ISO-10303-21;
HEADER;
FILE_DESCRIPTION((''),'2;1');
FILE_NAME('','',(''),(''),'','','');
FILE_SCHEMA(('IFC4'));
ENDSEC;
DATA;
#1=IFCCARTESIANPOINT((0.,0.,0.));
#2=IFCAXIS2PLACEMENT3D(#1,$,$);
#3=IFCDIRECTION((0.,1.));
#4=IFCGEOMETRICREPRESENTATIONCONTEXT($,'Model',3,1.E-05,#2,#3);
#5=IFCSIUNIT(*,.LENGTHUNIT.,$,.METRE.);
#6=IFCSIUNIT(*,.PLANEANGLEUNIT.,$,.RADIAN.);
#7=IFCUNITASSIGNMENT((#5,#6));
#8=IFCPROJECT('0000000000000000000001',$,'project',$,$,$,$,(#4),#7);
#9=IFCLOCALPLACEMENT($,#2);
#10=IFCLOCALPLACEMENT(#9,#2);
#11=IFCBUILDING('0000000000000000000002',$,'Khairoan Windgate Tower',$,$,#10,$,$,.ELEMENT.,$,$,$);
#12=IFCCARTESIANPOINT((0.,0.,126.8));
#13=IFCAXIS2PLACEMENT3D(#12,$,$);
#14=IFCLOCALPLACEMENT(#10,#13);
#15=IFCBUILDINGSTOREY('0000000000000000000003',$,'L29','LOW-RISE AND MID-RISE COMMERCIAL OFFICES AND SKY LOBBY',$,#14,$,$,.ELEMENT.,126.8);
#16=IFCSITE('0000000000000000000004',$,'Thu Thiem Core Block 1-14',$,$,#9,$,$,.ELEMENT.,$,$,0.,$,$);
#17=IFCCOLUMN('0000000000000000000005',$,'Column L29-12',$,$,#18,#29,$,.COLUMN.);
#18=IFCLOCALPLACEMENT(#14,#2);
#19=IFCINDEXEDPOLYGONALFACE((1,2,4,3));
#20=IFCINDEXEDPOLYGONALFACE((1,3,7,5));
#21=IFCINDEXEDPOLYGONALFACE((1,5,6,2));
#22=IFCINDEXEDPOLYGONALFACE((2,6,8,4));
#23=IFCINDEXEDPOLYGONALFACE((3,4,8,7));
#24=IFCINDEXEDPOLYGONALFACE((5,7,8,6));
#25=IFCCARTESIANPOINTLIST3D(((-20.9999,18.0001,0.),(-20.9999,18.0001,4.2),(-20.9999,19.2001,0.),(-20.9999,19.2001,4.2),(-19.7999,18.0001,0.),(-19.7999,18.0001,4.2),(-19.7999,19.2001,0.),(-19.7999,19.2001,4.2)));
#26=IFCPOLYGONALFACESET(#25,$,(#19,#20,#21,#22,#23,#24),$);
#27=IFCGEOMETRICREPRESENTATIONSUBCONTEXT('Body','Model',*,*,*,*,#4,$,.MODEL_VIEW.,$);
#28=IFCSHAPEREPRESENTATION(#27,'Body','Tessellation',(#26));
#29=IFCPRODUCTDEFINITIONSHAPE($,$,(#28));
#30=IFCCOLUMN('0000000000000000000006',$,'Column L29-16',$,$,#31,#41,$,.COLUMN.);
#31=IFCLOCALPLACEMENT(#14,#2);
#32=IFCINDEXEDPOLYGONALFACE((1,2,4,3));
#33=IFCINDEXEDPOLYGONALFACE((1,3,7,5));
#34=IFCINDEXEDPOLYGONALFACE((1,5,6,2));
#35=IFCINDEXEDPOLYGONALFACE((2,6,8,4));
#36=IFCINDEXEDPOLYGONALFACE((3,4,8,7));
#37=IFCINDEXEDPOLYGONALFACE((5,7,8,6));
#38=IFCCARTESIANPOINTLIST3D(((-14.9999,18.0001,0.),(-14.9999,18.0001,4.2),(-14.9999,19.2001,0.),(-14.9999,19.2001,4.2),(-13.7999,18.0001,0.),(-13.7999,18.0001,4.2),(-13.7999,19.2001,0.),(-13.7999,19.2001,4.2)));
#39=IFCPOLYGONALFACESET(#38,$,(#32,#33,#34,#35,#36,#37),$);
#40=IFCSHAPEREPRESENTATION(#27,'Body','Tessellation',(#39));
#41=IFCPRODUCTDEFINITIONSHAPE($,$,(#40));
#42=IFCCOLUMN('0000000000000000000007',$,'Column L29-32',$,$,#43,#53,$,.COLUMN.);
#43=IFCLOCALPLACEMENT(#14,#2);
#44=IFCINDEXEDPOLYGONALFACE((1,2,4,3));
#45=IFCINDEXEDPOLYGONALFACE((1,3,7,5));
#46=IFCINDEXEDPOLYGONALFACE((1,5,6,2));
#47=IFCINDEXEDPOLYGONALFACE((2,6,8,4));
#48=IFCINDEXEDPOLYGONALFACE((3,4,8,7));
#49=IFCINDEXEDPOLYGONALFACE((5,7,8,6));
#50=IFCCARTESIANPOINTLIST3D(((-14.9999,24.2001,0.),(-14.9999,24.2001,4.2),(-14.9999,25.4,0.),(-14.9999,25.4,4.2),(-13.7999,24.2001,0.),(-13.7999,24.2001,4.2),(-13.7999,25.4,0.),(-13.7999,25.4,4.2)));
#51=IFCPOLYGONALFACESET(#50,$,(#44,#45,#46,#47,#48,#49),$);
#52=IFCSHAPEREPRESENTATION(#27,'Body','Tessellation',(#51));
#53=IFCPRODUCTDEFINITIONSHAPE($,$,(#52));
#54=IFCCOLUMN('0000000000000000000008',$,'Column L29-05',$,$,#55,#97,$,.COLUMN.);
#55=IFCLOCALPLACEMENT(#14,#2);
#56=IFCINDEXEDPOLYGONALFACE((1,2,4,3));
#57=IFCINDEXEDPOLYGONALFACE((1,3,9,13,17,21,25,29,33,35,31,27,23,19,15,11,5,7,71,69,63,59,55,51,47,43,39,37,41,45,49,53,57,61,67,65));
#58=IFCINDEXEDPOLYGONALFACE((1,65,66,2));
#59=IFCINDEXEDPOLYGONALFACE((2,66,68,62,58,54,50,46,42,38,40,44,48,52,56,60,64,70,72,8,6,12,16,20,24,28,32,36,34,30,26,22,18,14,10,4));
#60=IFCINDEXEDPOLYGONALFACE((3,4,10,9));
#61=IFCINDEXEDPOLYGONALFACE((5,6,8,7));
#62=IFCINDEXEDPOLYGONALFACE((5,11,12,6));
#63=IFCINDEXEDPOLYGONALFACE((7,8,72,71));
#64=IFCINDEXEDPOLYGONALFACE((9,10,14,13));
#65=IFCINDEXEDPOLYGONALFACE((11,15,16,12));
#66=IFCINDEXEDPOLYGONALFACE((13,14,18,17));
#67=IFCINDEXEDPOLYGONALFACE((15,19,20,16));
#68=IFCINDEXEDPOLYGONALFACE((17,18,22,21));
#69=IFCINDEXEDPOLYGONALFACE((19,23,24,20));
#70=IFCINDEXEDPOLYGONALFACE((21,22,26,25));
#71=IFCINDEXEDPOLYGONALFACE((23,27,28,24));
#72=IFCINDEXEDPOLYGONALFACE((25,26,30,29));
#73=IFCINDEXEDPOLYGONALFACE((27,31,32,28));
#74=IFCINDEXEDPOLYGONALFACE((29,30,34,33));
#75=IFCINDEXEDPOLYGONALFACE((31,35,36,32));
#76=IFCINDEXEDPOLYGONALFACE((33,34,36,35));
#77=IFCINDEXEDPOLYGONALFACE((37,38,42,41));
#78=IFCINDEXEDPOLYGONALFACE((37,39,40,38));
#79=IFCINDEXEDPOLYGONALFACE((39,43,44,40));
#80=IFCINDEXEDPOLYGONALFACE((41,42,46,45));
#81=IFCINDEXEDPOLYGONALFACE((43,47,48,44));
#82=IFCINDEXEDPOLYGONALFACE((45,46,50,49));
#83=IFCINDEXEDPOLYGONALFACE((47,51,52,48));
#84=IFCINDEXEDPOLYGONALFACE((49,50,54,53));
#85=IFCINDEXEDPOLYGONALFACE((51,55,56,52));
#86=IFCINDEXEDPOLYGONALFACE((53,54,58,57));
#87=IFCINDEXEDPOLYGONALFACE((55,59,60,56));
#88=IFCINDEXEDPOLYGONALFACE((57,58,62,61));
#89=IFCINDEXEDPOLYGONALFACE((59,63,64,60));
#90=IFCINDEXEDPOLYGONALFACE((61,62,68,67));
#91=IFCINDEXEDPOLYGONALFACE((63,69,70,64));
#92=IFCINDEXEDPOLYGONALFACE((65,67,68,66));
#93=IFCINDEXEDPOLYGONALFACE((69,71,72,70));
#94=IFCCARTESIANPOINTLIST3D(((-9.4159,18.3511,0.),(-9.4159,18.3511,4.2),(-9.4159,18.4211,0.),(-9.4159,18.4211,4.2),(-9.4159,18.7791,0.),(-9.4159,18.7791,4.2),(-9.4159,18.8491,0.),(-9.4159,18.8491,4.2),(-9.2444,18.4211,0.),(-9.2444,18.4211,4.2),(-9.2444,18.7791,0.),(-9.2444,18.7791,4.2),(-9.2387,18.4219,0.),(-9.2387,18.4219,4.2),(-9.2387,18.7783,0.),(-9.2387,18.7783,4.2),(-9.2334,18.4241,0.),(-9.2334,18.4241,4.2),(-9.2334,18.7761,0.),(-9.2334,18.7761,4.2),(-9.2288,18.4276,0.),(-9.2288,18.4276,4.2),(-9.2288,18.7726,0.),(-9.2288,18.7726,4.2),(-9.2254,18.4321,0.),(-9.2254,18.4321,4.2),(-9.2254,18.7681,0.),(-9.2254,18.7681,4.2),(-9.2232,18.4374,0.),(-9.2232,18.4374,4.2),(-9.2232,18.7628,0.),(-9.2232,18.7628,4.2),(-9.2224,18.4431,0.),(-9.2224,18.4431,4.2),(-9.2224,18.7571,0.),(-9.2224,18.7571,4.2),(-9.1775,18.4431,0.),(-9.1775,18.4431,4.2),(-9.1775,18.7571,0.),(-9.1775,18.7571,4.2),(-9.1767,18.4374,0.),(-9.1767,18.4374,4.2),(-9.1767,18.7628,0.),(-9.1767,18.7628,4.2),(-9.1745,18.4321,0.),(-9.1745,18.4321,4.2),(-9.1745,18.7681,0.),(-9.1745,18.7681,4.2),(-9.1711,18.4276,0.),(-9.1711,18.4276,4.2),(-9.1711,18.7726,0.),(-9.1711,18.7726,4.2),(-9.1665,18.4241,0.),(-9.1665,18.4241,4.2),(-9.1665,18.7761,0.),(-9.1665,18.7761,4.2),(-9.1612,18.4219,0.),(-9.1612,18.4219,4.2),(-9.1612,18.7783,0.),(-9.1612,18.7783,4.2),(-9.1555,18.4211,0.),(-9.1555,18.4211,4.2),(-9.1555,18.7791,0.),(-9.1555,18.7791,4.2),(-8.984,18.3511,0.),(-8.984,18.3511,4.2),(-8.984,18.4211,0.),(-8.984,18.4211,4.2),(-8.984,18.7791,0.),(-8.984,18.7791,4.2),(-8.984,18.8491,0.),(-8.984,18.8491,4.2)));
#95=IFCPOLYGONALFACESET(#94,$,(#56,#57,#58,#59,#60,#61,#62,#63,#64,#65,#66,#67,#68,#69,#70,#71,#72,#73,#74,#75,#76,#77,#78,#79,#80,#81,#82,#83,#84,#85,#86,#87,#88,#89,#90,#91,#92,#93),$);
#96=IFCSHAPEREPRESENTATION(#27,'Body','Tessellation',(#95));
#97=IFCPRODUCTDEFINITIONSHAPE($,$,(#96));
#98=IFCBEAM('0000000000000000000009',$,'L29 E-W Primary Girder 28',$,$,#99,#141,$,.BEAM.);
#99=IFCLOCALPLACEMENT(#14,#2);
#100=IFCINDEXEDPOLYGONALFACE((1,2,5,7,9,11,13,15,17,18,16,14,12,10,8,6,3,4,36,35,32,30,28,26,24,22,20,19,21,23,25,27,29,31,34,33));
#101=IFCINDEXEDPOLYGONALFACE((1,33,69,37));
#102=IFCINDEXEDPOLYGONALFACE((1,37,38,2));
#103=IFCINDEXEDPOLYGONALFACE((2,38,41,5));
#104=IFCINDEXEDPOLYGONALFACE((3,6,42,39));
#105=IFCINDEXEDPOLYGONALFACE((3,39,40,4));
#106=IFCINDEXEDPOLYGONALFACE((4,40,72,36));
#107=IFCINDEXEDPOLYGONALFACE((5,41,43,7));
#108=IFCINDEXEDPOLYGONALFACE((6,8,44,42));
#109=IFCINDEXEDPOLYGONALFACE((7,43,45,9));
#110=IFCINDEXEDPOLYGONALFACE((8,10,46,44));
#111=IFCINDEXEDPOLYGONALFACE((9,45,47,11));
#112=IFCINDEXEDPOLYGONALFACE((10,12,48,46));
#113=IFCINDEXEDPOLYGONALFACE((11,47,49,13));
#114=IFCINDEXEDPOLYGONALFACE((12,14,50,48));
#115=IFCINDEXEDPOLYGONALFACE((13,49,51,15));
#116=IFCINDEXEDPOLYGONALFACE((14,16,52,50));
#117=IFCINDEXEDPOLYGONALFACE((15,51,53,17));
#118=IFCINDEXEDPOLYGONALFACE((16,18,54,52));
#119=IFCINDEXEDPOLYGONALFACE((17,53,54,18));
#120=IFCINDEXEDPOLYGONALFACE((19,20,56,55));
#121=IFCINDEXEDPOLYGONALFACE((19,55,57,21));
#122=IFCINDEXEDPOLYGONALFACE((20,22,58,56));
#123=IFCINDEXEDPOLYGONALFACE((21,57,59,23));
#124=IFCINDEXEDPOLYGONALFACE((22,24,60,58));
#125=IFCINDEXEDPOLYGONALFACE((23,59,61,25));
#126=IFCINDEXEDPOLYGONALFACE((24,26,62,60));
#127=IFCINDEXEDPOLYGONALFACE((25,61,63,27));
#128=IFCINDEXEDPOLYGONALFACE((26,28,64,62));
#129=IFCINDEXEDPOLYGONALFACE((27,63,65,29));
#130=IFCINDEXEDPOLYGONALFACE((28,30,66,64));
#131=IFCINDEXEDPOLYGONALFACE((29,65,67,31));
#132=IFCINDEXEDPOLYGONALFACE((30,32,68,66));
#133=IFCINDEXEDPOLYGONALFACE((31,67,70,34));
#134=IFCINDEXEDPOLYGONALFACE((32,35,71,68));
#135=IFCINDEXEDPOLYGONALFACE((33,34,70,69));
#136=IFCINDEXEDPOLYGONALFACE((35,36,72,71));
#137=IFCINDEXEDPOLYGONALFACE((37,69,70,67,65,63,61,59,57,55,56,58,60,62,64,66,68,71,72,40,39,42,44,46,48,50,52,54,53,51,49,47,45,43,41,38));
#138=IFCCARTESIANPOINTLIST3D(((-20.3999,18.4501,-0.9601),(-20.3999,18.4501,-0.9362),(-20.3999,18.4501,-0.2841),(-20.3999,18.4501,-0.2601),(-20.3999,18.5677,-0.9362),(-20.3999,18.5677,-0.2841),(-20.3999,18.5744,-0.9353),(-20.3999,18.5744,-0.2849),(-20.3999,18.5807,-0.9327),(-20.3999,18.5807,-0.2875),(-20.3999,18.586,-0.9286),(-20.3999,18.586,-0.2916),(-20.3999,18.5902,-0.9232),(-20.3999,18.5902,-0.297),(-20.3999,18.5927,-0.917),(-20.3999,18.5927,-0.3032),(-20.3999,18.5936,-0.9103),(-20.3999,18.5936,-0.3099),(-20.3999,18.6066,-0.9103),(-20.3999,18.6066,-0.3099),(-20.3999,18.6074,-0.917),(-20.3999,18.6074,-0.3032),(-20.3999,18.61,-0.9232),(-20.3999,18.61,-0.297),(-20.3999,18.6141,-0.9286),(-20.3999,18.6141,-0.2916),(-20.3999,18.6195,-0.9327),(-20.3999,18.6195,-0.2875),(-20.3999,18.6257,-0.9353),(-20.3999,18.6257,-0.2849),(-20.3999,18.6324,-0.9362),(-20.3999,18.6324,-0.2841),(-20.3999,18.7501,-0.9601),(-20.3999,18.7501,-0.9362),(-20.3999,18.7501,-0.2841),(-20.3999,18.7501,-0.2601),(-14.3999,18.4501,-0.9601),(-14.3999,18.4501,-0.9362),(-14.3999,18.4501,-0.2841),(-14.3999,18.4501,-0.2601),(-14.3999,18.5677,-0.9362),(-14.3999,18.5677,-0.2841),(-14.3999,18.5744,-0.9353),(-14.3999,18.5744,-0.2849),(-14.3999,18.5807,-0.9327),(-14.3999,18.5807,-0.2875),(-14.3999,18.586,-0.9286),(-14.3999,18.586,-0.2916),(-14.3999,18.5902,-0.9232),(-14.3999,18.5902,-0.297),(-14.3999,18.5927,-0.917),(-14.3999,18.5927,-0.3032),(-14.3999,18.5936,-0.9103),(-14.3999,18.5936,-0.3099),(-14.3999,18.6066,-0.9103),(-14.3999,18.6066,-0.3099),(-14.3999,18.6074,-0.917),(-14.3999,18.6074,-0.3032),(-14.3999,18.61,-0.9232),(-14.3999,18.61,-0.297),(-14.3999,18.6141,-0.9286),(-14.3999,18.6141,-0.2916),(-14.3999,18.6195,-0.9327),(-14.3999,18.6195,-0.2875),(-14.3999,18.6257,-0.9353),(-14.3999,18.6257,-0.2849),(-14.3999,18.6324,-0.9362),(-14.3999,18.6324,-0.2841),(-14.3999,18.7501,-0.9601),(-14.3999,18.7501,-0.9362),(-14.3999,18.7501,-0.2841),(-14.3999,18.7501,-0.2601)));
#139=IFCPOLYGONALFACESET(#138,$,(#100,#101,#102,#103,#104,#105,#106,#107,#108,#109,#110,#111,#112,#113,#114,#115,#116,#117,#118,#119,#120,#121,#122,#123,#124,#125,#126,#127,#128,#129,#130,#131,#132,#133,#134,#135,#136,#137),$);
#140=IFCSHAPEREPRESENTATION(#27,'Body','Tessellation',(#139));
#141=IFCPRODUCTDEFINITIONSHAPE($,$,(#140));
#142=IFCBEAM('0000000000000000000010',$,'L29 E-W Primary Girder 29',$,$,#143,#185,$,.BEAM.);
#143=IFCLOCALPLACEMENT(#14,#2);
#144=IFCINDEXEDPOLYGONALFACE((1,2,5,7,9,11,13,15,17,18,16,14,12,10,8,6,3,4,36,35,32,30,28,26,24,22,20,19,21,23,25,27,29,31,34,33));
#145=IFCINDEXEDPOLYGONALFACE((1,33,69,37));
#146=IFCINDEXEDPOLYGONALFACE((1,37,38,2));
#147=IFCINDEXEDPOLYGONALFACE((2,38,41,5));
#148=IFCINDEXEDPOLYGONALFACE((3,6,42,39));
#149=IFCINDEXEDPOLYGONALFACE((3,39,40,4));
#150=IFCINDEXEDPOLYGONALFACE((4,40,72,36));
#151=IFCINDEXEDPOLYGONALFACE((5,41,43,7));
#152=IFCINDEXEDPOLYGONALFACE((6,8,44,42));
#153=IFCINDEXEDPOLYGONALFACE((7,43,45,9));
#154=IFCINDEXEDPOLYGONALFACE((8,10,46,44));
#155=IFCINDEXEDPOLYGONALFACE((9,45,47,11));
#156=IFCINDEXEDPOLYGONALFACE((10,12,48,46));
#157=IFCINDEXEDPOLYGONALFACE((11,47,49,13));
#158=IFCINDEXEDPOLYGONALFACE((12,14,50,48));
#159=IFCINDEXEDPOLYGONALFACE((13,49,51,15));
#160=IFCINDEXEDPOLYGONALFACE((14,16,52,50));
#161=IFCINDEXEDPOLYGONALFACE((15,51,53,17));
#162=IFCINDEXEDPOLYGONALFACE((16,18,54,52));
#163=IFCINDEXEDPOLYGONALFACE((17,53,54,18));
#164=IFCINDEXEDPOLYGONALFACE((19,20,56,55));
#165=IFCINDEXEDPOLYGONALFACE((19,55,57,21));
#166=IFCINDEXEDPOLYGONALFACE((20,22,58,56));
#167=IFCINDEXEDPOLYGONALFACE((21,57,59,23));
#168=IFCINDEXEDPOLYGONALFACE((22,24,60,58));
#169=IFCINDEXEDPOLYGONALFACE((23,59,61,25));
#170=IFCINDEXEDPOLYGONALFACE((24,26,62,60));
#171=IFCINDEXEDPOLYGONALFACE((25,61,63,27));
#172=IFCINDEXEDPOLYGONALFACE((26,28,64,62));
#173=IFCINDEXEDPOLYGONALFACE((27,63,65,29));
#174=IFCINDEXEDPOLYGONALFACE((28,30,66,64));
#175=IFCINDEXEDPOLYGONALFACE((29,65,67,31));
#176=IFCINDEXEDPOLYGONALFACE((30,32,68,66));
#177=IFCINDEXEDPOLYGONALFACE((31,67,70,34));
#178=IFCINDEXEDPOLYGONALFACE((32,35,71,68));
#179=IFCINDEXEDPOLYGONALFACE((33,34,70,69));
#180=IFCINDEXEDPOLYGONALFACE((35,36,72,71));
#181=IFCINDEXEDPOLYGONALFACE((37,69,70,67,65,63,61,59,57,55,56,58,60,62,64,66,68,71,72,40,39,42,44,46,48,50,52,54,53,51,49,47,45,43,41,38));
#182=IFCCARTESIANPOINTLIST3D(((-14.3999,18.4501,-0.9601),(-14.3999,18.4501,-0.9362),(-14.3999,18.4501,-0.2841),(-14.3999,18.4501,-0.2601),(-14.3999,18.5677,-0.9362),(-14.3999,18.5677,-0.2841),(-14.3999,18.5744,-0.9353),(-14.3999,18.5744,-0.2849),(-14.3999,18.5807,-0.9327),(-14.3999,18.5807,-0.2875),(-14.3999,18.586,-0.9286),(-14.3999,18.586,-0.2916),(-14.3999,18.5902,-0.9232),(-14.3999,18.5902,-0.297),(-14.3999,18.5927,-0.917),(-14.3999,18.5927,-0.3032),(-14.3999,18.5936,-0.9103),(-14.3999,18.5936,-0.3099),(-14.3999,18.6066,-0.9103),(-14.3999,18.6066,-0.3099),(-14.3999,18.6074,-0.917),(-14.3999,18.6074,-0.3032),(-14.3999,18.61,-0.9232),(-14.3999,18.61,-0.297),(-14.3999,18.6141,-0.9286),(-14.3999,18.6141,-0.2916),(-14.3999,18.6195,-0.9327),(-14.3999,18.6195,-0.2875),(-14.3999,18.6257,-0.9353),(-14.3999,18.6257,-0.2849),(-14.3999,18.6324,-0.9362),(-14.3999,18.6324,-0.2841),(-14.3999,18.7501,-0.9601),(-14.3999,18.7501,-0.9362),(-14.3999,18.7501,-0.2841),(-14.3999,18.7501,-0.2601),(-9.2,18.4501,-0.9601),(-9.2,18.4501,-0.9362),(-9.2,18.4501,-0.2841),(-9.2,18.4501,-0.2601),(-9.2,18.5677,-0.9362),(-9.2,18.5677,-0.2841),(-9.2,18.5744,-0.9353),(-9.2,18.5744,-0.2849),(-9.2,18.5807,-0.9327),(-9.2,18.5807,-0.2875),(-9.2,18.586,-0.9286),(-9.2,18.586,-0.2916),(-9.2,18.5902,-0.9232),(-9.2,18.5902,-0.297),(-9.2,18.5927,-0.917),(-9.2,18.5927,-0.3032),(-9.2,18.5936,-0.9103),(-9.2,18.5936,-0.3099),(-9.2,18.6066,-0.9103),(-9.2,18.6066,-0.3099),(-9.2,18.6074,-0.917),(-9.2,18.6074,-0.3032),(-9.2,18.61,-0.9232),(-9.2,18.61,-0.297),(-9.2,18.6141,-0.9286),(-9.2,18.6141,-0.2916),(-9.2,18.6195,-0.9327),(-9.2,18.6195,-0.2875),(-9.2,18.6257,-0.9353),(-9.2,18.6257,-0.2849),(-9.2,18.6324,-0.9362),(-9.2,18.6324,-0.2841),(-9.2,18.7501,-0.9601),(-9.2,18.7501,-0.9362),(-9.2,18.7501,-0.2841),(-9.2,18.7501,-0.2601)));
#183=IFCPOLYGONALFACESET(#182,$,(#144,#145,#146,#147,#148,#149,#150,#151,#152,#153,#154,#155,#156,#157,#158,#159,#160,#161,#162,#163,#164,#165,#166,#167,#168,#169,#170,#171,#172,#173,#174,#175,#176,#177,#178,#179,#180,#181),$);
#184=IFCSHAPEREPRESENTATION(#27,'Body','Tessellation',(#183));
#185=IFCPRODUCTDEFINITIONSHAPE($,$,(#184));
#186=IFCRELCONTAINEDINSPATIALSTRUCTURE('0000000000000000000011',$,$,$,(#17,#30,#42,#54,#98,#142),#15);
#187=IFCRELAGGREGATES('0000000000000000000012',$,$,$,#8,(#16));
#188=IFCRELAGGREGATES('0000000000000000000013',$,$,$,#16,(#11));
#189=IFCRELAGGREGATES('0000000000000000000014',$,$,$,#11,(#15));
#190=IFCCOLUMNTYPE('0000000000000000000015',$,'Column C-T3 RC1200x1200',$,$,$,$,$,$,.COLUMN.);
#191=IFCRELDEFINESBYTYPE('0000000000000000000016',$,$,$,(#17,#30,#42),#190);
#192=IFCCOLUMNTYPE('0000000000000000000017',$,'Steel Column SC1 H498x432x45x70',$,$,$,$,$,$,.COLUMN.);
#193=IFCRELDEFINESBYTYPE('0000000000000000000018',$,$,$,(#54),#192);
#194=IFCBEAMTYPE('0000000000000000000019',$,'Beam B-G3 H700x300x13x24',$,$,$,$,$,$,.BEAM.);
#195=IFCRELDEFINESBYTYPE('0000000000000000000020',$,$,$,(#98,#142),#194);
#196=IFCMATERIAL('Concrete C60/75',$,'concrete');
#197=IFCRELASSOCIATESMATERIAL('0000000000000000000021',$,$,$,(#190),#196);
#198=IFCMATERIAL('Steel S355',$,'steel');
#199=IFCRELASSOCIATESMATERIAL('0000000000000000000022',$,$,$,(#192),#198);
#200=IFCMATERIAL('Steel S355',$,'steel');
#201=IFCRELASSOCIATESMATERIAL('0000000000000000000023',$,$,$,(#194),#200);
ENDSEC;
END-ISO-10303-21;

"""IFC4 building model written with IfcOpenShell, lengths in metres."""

from ifc_helpers import new_model, si_unit, direction, frame, origin, origin_2d, place, context, subcontext, project, spatial, rectangle, i_section, extrude, material, material_profile, profile_set, type_object, element, save


model = new_model("IFC4")

# Units and contexts
model_context = context("Model", 3, precision=1e-05, world=origin(), true_north=direction((0.0, 1.0)))
body_context = subcontext(model_context, "Body", "Model", "MODEL_VIEW")
ifc_project = project(units=[si_unit("LENGTHUNIT", "METRE"), si_unit("PLANEANGLEUNIT", "RADIAN")], contexts=[model_context])

# Site, building, storey
site_placement = place(None, origin())
site = spatial("IfcSite", under=ifc_project, at=site_placement, Name="Thu Thiem Core Block 1-14", CompositionType="ELEMENT", RefElevation=0.0)
building_placement = place(site_placement, origin())
building = spatial("IfcBuilding", under=site, at=building_placement, Name="Khairoan Windgate Tower", CompositionType="ELEMENT")
storey_placement = place(building_placement, frame((0.0, 0.0, 126.8)))
storey = spatial("IfcBuildingStorey", under=building, at=storey_placement, Name="L29", Description="LOW-RISE AND MID-RISE COMMERCIAL OFFICES AND SKY LOBBY", CompositionType="ELEMENT", Elevation=126.8)

# Columns
ifc_material_1 = material(Name="Concrete C60/75", Category="concrete")
ifc_material_profile_1 = material_profile(ifc_material_1, rectangle(XDim=1.2, YDim=1.2, at=origin_2d()))
ifc_profile_set_1 = profile_set([ifc_material_profile_1], Name="Concrete C60/75")
column_type_1 = type_object("IfcColumnType", Name="Column C-T3 RC1200x1200", PredefinedType="COLUMN", material=ifc_profile_set_1)
for number, where, z_axis, x_axis, name in (
    (1, (-20.3999, 18.6001, 0.0), (0.0, 0.0, 1.0), (1.0, 0.0, 0.0), "Column L29-12"),
    (2, (-14.3999, 18.6001, 0.0), (0.0, 0.0, 1.0), (1.0, 0.0, 0.0), "Column L29-16"),
    (3, (-14.3999, 24.8, 0.0), (0.0, 0.0, 1.0), (1.0, 0.0, 0.0), "Column L29-32"),
):
    element("IfcColumn", number, at=place(storey_placement, frame(where, z_axis=z_axis, x_axis=x_axis)), inside=storey, type_object=column_type_1, Name=name, PredefinedType="COLUMN", context=body_context, shape_type="SweptSolid", body=[
        extrude(rectangle(XDim=1.2, YDim=1.2, at=origin_2d()), origin(), (0.0, 0.0, 1.0), 4.2),
    ])
ifc_material_2 = material(Name="Steel S355", Category="steel")
ifc_material_profile_2 = material_profile(ifc_material_2, i_section(OverallWidth=0.4319, OverallDepth=0.498, WebThickness=0.0449, FlangeThickness=0.0701, FilletRadius=0.022, at=origin_2d()))
ifc_profile_set_2 = profile_set([ifc_material_profile_2], Name="Steel S355")
column_type_2 = type_object("IfcColumnType", Name="Steel Column SC1 H498x432x45x70", PredefinedType="COLUMN", material=ifc_profile_set_2)
column_placement = place(storey_placement, frame((-9.2, 18.6001, 0.0), z_axis=(0.0, 0.0, 1.0), x_axis=(1.0, 0.0, 0.0)))
element("IfcColumn", 4, at=column_placement, inside=storey, type_object=column_type_2, Name="Column L29-05", PredefinedType="COLUMN", context=body_context, shape_type="SweptSolid", body=[
    extrude(i_section(OverallWidth=0.4319, OverallDepth=0.498, WebThickness=0.0449, FlangeThickness=0.0701, FilletRadius=0.022, at=origin_2d()), origin(), (0.0, 0.0, 1.0), 4.2),
])

# Beams
ifc_material_3 = material(Name="Steel S355", Category="steel")
ifc_material_profile_3 = material_profile(ifc_material_3, i_section(OverallWidth=0.3, OverallDepth=0.7, WebThickness=0.0129, FlangeThickness=0.0239, FilletRadius=0.0259, at=origin_2d()))
ifc_profile_set_3 = profile_set([ifc_material_profile_3], Name="Steel S355")
beam_type = type_object("IfcBeamType", Name="Beam B-G3 H700x300x13x24", PredefinedType="BEAM", material=ifc_profile_set_3)
beam_1_placement = place(storey_placement, frame((-20.3999, 18.6001, -0.6101), z_axis=(1.0, 0.0, 0.0), x_axis=(0.0, 1.0, 0.0)))
element("IfcBeam", 5, at=beam_1_placement, inside=storey, type_object=beam_type, Name="L29 E-W Primary Girder 28", PredefinedType="BEAM", context=body_context, shape_type="SweptSolid", body=[
    extrude(i_section(OverallWidth=0.3, OverallDepth=0.7, WebThickness=0.0129, FlangeThickness=0.0239, FilletRadius=0.0259, at=origin_2d()), origin(), (0.0, 0.0, 1.0), 6.0),
])
beam_2_placement = place(storey_placement, frame((-14.3999, 18.6001, -0.6101), z_axis=(1.0, 0.0, 0.0), x_axis=(0.0, 1.0, 0.0)))
element("IfcBeam", 6, at=beam_2_placement, inside=storey, type_object=beam_type, Name="L29 E-W Primary Girder 29", PredefinedType="BEAM", context=body_context, shape_type="SweptSolid", body=[
    extrude(i_section(OverallWidth=0.3, OverallDepth=0.7, WebThickness=0.0129, FlangeThickness=0.0239, FilletRadius=0.0259, at=origin_2d()), origin(), (0.0, 0.0, 1.0), 5.2),
])

save(model, "model.ifc")
